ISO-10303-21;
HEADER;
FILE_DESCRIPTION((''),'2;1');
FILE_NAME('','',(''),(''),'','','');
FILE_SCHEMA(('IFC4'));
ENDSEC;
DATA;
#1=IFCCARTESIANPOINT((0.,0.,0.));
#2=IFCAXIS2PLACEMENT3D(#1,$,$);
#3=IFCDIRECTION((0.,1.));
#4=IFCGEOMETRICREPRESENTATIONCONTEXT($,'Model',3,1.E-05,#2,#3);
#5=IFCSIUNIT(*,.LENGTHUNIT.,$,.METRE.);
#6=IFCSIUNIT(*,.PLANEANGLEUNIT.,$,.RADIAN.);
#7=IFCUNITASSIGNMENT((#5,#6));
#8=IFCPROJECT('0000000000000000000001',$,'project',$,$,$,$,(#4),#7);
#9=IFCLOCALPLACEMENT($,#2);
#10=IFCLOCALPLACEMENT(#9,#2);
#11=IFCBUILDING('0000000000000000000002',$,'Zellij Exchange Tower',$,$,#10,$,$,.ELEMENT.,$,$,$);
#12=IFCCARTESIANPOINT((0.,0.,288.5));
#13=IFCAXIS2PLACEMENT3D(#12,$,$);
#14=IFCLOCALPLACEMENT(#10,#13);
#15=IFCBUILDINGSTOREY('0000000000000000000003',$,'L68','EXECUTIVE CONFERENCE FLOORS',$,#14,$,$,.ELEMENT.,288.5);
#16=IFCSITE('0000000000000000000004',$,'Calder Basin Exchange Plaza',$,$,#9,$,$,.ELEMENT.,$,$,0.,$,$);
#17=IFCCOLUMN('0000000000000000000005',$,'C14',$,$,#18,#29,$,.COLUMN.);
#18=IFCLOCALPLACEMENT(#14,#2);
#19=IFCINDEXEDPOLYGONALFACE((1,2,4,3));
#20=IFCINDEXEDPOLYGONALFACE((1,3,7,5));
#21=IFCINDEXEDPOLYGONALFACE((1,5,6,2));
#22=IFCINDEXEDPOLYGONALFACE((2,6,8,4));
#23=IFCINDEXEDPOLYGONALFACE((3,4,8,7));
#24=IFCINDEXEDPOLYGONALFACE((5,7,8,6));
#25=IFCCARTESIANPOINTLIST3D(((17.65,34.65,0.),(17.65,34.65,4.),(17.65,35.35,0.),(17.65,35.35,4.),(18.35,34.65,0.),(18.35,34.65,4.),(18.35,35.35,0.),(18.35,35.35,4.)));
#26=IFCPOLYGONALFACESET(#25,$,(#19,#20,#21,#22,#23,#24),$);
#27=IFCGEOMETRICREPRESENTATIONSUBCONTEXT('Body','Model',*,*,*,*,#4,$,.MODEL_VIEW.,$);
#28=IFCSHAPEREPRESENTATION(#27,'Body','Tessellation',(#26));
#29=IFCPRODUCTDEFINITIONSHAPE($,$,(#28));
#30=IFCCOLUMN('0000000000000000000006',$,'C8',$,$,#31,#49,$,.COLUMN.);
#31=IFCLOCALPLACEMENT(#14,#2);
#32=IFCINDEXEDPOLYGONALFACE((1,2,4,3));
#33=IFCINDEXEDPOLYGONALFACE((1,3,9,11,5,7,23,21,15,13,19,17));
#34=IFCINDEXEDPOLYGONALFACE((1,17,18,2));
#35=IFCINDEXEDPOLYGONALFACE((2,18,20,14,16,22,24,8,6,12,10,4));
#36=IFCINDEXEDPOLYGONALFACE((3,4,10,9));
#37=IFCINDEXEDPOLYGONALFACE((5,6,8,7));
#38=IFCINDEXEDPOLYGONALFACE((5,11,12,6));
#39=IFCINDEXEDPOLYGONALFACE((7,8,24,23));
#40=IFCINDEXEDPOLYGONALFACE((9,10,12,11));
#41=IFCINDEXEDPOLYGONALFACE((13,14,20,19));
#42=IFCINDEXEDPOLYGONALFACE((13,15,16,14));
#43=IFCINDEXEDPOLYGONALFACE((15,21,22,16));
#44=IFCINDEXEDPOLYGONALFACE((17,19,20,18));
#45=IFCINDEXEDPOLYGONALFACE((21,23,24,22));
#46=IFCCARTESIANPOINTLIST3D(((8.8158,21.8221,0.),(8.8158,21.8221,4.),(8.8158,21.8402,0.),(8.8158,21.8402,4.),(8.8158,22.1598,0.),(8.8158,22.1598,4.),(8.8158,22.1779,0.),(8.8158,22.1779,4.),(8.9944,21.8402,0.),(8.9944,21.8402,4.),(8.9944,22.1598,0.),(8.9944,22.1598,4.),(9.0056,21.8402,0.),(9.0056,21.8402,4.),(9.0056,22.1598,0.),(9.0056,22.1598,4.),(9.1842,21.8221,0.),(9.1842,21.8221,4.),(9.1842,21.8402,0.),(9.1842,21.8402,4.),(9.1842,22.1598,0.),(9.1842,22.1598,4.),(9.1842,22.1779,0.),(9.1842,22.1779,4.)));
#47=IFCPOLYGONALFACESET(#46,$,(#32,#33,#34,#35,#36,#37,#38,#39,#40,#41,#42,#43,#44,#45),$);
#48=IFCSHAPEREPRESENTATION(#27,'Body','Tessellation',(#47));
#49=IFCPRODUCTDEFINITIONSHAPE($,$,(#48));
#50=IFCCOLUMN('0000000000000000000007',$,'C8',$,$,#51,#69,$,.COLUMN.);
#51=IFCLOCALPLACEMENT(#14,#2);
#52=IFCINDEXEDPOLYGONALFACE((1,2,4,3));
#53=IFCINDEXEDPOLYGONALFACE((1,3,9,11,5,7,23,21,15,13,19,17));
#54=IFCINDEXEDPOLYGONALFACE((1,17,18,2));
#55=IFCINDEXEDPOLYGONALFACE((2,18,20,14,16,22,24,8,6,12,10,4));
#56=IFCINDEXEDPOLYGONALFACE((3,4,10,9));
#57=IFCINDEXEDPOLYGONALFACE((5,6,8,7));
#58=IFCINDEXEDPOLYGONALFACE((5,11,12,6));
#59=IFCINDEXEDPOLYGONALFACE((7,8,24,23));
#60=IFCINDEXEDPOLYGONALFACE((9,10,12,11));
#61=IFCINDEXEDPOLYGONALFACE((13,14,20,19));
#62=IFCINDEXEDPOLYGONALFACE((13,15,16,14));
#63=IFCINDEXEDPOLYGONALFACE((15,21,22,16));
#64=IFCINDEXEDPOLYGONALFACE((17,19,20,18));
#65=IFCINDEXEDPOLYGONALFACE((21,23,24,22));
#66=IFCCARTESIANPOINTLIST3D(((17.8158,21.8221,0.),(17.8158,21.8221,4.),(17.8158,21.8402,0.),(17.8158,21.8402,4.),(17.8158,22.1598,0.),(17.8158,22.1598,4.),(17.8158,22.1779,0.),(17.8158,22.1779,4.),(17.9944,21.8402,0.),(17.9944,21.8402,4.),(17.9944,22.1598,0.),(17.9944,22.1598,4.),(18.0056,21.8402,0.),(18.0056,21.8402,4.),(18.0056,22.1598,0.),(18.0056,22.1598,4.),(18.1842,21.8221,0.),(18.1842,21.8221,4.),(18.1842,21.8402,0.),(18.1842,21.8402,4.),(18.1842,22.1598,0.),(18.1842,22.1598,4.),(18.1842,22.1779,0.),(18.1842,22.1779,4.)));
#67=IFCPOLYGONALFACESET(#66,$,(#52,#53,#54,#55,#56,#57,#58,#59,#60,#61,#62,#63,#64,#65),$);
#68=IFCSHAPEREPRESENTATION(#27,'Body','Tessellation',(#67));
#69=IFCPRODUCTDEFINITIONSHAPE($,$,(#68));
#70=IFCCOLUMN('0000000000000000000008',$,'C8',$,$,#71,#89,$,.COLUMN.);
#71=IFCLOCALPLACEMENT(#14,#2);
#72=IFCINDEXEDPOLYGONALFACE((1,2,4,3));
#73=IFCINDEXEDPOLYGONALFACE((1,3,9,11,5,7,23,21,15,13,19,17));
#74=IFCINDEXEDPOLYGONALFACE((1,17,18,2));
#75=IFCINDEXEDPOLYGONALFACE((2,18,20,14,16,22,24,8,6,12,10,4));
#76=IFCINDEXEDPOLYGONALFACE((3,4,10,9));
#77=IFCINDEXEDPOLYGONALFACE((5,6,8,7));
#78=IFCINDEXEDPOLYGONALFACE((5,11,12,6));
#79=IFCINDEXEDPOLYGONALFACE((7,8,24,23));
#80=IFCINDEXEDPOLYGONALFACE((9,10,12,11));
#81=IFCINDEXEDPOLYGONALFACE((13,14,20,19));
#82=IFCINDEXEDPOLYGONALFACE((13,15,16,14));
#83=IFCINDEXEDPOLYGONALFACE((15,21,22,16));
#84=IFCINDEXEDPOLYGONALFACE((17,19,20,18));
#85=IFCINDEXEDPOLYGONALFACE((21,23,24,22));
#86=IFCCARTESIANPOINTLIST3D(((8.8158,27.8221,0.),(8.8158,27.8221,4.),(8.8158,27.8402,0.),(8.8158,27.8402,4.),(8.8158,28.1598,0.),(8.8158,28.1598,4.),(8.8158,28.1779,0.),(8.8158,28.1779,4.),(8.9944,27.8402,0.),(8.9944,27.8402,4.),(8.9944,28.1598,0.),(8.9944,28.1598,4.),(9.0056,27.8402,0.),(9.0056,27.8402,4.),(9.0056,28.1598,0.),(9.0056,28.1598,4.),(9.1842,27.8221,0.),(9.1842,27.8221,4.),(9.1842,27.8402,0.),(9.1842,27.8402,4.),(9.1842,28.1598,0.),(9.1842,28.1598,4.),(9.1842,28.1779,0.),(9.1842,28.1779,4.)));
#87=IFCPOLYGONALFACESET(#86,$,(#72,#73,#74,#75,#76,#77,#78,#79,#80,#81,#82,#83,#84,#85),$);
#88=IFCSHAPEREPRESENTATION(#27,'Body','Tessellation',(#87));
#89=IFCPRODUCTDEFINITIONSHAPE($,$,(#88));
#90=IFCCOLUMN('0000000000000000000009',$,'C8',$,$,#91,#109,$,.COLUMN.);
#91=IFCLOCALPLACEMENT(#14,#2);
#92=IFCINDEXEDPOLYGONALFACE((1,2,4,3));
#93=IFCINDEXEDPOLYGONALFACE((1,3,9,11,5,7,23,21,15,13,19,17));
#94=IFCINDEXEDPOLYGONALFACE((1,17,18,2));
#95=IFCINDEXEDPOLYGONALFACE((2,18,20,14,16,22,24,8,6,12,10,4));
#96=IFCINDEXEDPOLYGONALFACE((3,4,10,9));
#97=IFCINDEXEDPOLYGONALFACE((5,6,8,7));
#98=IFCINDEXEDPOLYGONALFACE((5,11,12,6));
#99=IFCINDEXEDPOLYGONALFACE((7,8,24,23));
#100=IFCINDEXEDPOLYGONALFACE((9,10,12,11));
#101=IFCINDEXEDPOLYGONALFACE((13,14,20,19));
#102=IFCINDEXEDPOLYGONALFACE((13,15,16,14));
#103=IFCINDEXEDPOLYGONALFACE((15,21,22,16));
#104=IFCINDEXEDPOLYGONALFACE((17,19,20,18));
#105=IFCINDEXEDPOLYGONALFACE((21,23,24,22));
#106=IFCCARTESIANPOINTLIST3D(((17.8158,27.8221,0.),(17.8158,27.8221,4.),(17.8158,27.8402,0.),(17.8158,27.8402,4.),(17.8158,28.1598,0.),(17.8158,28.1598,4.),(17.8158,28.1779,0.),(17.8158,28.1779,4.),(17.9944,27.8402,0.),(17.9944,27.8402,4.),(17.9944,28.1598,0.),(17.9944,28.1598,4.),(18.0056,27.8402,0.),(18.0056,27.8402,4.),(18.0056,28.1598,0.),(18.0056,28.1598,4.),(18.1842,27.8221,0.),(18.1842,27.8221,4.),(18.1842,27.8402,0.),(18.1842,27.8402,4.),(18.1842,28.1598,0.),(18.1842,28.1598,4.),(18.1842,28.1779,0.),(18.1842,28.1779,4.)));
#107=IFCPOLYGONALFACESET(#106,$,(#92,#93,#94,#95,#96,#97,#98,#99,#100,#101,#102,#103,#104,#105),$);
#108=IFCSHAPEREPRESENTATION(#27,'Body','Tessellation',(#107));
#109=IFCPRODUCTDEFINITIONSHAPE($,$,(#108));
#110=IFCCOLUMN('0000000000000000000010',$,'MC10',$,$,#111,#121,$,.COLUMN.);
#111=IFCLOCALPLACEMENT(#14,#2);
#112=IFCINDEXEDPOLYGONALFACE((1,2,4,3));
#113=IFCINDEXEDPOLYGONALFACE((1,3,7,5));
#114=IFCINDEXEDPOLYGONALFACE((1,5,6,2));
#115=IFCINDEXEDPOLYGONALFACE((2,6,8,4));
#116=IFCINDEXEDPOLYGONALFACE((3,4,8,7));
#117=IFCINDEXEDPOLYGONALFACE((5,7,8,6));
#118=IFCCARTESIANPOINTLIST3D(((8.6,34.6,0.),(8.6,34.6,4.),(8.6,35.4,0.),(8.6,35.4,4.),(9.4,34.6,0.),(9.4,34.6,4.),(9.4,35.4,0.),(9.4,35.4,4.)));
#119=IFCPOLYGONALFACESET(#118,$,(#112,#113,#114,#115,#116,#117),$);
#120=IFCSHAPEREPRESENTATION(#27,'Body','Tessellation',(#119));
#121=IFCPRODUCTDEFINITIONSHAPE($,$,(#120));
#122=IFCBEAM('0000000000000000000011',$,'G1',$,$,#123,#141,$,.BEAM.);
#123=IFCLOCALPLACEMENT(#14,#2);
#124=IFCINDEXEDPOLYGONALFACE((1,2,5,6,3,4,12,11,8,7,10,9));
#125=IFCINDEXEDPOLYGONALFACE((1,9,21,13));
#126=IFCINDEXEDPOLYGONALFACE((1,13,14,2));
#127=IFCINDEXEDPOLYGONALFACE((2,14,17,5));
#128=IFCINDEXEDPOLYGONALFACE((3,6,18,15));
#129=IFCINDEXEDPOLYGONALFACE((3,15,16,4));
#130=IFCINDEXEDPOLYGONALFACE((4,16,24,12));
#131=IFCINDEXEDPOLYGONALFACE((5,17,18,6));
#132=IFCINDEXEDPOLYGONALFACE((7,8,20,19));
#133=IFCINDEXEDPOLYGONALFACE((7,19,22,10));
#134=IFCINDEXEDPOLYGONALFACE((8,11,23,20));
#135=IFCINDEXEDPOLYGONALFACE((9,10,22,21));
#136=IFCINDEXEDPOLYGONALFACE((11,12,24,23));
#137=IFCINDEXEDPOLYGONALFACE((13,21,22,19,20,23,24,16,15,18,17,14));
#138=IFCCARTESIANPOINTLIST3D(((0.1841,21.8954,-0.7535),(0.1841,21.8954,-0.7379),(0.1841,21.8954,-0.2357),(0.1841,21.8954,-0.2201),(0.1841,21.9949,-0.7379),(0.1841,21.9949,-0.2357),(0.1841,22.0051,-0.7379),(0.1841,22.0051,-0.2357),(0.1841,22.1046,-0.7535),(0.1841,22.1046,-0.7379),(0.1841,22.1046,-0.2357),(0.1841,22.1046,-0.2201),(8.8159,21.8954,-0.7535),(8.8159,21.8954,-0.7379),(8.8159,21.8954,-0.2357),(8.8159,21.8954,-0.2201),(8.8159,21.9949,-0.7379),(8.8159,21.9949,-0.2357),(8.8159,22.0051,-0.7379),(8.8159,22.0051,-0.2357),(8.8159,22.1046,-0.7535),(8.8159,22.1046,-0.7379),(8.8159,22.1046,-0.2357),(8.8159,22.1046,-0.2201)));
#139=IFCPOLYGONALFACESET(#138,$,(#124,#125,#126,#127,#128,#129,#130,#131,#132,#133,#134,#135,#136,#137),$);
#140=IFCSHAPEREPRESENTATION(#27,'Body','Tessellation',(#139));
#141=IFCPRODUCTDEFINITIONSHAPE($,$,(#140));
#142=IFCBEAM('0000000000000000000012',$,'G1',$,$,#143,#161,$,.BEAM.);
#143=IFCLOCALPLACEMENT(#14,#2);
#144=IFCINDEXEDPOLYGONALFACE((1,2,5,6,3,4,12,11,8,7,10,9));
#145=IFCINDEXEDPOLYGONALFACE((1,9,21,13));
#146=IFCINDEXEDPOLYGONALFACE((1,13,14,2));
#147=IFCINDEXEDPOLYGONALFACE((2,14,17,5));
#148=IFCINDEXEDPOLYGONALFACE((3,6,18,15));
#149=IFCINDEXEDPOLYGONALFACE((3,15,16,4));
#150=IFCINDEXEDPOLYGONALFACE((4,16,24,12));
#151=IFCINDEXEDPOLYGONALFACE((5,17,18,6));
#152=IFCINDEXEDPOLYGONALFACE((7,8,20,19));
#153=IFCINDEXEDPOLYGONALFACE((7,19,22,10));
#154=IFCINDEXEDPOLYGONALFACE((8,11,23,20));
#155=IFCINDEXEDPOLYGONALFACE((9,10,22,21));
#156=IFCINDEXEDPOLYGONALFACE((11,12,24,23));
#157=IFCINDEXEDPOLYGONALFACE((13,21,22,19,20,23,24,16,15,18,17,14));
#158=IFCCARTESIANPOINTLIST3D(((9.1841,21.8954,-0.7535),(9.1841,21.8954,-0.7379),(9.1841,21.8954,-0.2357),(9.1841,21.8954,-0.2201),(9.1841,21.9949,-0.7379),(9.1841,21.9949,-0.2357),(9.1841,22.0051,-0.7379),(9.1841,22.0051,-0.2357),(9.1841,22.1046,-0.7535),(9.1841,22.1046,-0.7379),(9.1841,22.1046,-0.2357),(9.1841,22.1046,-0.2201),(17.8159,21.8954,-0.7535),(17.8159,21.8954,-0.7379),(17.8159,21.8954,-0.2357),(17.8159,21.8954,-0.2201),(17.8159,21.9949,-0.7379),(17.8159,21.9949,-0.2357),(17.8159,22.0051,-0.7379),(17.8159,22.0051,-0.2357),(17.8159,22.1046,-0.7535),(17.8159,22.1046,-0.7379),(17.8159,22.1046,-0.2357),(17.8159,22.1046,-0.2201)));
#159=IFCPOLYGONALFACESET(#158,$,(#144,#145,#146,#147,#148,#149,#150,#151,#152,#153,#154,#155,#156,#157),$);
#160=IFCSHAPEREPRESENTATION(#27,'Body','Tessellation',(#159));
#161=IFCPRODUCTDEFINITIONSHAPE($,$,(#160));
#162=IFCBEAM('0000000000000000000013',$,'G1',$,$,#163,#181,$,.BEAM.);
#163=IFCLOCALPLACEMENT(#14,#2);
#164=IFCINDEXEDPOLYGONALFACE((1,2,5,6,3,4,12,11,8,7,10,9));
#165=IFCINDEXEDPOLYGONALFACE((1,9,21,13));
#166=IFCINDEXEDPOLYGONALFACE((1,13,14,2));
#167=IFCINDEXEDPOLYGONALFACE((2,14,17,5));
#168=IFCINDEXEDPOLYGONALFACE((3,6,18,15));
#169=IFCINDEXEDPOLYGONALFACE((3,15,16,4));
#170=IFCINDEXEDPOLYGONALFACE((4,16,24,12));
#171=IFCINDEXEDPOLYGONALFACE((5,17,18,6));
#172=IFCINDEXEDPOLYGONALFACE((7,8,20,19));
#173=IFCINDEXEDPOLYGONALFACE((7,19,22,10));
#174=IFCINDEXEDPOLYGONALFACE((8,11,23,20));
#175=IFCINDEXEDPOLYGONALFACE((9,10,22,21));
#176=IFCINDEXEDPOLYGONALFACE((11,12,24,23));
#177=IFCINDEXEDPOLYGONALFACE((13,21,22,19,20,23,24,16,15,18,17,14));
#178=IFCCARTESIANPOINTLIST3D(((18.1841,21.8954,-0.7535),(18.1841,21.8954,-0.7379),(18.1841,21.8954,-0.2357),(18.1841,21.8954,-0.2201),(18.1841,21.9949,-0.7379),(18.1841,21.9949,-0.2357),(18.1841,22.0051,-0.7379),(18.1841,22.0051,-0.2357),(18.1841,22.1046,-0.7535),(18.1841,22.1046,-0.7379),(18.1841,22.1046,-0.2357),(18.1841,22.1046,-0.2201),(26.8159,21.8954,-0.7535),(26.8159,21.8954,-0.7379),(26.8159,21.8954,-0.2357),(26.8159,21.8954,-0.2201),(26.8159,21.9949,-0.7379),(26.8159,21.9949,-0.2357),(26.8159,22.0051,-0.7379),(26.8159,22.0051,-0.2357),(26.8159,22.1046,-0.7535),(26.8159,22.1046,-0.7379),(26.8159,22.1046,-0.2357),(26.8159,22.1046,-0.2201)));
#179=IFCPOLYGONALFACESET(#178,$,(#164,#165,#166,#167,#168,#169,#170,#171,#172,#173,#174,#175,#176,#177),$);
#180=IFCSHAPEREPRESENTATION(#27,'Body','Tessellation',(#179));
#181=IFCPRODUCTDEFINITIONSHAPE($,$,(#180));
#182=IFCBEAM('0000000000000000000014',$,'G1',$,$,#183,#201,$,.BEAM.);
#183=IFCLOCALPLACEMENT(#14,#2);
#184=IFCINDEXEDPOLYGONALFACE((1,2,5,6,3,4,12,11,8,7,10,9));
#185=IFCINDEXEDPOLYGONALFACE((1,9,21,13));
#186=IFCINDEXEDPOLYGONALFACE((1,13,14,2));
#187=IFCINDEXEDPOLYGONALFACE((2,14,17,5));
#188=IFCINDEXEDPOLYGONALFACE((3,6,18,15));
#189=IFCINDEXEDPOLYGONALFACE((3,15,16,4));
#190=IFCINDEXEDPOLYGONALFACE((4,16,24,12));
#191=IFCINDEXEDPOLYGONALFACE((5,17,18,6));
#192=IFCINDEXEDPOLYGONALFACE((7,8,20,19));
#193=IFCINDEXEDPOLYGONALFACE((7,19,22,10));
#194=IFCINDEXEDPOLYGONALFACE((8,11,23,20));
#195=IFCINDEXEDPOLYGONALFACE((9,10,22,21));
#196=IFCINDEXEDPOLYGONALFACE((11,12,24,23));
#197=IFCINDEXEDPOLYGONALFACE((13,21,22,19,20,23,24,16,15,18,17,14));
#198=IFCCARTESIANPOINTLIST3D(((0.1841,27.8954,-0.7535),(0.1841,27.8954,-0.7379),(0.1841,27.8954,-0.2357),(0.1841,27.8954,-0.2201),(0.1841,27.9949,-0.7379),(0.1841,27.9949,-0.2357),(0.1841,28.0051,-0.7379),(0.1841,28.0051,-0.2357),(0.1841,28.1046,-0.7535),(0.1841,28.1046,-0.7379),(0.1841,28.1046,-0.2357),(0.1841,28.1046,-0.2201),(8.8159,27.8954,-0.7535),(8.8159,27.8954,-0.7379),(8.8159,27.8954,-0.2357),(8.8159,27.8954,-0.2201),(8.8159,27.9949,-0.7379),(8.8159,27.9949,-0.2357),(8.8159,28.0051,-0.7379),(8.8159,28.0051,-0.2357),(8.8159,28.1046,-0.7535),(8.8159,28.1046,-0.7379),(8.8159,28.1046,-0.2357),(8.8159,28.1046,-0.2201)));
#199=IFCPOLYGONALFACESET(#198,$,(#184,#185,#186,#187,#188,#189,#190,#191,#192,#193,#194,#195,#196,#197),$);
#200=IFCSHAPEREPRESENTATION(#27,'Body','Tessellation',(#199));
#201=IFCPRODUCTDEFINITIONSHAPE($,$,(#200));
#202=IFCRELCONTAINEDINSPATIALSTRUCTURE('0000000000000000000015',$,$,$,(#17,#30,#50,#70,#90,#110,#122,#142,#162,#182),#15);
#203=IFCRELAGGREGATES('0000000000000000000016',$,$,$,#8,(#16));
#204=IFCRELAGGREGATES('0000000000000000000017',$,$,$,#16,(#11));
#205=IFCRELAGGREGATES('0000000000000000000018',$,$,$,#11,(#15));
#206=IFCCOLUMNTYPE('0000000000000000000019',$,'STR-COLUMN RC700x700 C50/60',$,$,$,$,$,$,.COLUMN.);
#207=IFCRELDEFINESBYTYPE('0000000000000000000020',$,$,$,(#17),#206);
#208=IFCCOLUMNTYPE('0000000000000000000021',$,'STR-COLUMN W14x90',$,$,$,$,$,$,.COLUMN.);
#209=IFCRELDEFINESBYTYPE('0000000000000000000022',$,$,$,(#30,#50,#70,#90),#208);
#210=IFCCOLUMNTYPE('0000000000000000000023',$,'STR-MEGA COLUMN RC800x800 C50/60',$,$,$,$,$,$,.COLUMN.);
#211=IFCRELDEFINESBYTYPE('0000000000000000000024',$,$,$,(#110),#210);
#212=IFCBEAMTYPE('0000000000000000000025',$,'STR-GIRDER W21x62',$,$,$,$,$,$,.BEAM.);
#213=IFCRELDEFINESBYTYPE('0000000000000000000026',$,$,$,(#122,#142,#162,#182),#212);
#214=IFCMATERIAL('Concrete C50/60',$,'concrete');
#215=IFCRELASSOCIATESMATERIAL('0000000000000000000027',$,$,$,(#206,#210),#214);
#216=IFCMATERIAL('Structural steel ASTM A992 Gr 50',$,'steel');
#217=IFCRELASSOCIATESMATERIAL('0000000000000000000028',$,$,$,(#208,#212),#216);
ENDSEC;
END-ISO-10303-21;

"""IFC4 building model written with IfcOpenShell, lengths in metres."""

from ifc_helpers import new_model, si_unit, direction, frame, origin, origin_2d, place, context, subcontext, project, spatial, rectangle, i_section, extrude, material, material_profile, profile_set, type_object, element, save


model = new_model("IFC4")

# Units and contexts
model_context = context("Model", 3, precision=1e-05, world=origin(), true_north=direction((0.0, 1.0)))
body_context = subcontext(model_context, "Body", "Model", "MODEL_VIEW")
ifc_project = project(units=[si_unit("LENGTHUNIT", "METRE"), si_unit("PLANEANGLEUNIT", "RADIAN")], contexts=[model_context])

# Site, building, storey
site_placement = place(None, origin())
site = spatial("IfcSite", under=ifc_project, at=site_placement, Name="Calder Basin Exchange Plaza", CompositionType="ELEMENT", RefElevation=0.0)
building_placement = place(site_placement, origin())
building = spatial("IfcBuilding", under=site, at=building_placement, Name="Zellij Exchange Tower", CompositionType="ELEMENT")
storey_placement = place(building_placement, frame((0.0, 0.0, 288.5)))
storey = spatial("IfcBuildingStorey", under=building, at=storey_placement, Name="L68", Description="EXECUTIVE CONFERENCE FLOORS", CompositionType="ELEMENT", Elevation=288.5)

# Columns
ifc_material_1 = material(Name="Concrete C50/60", Category="concrete")
ifc_material_profile_1 = material_profile(ifc_material_1, rectangle(XDim=0.7, YDim=0.7, at=origin_2d()), Name="STR-COLUMN RC700x700 C50/60")
ifc_profile_set_1 = profile_set([ifc_material_profile_1], Name="Concrete C50/60")
column_type_1 = type_object("IfcColumnType", Name="STR-COLUMN RC700x700 C50/60", PredefinedType="COLUMN", material=ifc_profile_set_1)
column_1_placement = place(storey_placement, frame((18.0, 35.0, 0.0), z_axis=(0.0, 0.0, 1.0), x_axis=(1.0, 0.0, 0.0)))
element("IfcColumn", 1, at=column_1_placement, inside=storey, type_object=column_type_1, Name="C14", PredefinedType="COLUMN", context=body_context, shape_type="SweptSolid", body=[
    extrude(rectangle(XDim=0.7, YDim=0.7, at=origin_2d()), origin(), (0.0, 0.0, 1.0), 4.0),
])
ifc_material_2 = material(Name="Structural steel ASTM A992 Gr 50", Category="steel")
ifc_material_profile_2 = material_profile(ifc_material_2, i_section(OverallWidth=0.3684, OverallDepth=0.3557, WebThickness=0.0112, FlangeThickness=0.0181, at=origin_2d()), Name="W14x90")
ifc_profile_set_2 = profile_set([ifc_material_profile_2], Name="Structural steel ASTM A992 Gr 50")
column_type_2 = type_object("IfcColumnType", Name="STR-COLUMN W14x90", PredefinedType="COLUMN", material=ifc_profile_set_2)
for number, where, z_axis, x_axis, name in (
    (2, (9.0, 22.0, 0.0), (0.0, 0.0, 1.0), (1.0, 0.0, 0.0), "C8"),
    (3, (18.0, 22.0, 0.0), (0.0, 0.0, 1.0), (1.0, 0.0, 0.0), "C8"),
    (4, (9.0, 28.0, 0.0), (0.0, 0.0, 1.0), (1.0, 0.0, 0.0), "C8"),
    (5, (18.0, 28.0, 0.0), (0.0, 0.0, 1.0), (1.0, 0.0, 0.0), "C8"),
):
    element("IfcColumn", number, at=place(storey_placement, frame(where, z_axis=z_axis, x_axis=x_axis)), inside=storey, type_object=column_type_2, Name=name, PredefinedType="COLUMN", context=body_context, shape_type="SweptSolid", body=[
        extrude(i_section(OverallWidth=0.3684, OverallDepth=0.3557, WebThickness=0.0112, FlangeThickness=0.0181, at=origin_2d()), origin(), (0.0, 0.0, 1.0), 4.0),
    ])
ifc_material_profile_3 = material_profile(ifc_material_1, rectangle(XDim=0.8, YDim=0.8, at=origin_2d()), Name="STR-MEGA COLUMN RC800x800 C50/60")
ifc_profile_set_3 = profile_set([ifc_material_profile_3], Name="Concrete C50/60")
column_type_3 = type_object("IfcColumnType", Name="STR-MEGA COLUMN RC800x800 C50/60", PredefinedType="COLUMN", material=ifc_profile_set_3)
column_2_placement = place(storey_placement, frame((9.0, 35.0, 0.0), z_axis=(0.0, 0.0, 1.0), x_axis=(1.0, 0.0, 0.0)))
element("IfcColumn", 6, at=column_2_placement, inside=storey, type_object=column_type_3, Name="MC10", PredefinedType="COLUMN", context=body_context, shape_type="SweptSolid", body=[
    extrude(rectangle(XDim=0.8, YDim=0.8, at=origin_2d()), origin(), (0.0, 0.0, 1.0), 4.0),
])

# Beams
ifc_material_profile_4 = material_profile(ifc_material_2, i_section(OverallWidth=0.2092, OverallDepth=0.5334, WebThickness=0.0103, FlangeThickness=0.0156, at=origin_2d()), Name="W21x62")
ifc_profile_set_4 = profile_set([ifc_material_profile_4], Name="Structural steel ASTM A992 Gr 50")
beam_type = type_object("IfcBeamType", Name="STR-GIRDER W21x62", PredefinedType="BEAM", material=ifc_profile_set_4)
for number, where, z_axis, x_axis, name in (
    (7, (0.1841, 22.0, -0.4868), (1.0, 0.0, 0.0), (0.0, 1.0, 0.0), "G1"),
    (8, (9.1841, 22.0, -0.4868), (1.0, 0.0, 0.0), (0.0, 1.0, 0.0), "G1"),
    (9, (18.1841, 22.0, -0.4868), (1.0, 0.0, 0.0), (0.0, 1.0, 0.0), "G1"),
    (10, (0.1841, 28.0, -0.4868), (1.0, 0.0, 0.0), (0.0, 1.0, 0.0), "G1"),
):
    element("IfcBeam", number, at=place(storey_placement, frame(where, z_axis=z_axis, x_axis=x_axis)), inside=storey, type_object=beam_type, Name=name, PredefinedType="BEAM", context=body_context, shape_type="SweptSolid", body=[
        extrude(i_section(OverallWidth=0.2092, OverallDepth=0.5334, WebThickness=0.0103, FlangeThickness=0.0156, at=origin_2d()), origin(), (0.0, 0.0, 1.0), 8.6318),
    ])

save(model, "model.ifc")
